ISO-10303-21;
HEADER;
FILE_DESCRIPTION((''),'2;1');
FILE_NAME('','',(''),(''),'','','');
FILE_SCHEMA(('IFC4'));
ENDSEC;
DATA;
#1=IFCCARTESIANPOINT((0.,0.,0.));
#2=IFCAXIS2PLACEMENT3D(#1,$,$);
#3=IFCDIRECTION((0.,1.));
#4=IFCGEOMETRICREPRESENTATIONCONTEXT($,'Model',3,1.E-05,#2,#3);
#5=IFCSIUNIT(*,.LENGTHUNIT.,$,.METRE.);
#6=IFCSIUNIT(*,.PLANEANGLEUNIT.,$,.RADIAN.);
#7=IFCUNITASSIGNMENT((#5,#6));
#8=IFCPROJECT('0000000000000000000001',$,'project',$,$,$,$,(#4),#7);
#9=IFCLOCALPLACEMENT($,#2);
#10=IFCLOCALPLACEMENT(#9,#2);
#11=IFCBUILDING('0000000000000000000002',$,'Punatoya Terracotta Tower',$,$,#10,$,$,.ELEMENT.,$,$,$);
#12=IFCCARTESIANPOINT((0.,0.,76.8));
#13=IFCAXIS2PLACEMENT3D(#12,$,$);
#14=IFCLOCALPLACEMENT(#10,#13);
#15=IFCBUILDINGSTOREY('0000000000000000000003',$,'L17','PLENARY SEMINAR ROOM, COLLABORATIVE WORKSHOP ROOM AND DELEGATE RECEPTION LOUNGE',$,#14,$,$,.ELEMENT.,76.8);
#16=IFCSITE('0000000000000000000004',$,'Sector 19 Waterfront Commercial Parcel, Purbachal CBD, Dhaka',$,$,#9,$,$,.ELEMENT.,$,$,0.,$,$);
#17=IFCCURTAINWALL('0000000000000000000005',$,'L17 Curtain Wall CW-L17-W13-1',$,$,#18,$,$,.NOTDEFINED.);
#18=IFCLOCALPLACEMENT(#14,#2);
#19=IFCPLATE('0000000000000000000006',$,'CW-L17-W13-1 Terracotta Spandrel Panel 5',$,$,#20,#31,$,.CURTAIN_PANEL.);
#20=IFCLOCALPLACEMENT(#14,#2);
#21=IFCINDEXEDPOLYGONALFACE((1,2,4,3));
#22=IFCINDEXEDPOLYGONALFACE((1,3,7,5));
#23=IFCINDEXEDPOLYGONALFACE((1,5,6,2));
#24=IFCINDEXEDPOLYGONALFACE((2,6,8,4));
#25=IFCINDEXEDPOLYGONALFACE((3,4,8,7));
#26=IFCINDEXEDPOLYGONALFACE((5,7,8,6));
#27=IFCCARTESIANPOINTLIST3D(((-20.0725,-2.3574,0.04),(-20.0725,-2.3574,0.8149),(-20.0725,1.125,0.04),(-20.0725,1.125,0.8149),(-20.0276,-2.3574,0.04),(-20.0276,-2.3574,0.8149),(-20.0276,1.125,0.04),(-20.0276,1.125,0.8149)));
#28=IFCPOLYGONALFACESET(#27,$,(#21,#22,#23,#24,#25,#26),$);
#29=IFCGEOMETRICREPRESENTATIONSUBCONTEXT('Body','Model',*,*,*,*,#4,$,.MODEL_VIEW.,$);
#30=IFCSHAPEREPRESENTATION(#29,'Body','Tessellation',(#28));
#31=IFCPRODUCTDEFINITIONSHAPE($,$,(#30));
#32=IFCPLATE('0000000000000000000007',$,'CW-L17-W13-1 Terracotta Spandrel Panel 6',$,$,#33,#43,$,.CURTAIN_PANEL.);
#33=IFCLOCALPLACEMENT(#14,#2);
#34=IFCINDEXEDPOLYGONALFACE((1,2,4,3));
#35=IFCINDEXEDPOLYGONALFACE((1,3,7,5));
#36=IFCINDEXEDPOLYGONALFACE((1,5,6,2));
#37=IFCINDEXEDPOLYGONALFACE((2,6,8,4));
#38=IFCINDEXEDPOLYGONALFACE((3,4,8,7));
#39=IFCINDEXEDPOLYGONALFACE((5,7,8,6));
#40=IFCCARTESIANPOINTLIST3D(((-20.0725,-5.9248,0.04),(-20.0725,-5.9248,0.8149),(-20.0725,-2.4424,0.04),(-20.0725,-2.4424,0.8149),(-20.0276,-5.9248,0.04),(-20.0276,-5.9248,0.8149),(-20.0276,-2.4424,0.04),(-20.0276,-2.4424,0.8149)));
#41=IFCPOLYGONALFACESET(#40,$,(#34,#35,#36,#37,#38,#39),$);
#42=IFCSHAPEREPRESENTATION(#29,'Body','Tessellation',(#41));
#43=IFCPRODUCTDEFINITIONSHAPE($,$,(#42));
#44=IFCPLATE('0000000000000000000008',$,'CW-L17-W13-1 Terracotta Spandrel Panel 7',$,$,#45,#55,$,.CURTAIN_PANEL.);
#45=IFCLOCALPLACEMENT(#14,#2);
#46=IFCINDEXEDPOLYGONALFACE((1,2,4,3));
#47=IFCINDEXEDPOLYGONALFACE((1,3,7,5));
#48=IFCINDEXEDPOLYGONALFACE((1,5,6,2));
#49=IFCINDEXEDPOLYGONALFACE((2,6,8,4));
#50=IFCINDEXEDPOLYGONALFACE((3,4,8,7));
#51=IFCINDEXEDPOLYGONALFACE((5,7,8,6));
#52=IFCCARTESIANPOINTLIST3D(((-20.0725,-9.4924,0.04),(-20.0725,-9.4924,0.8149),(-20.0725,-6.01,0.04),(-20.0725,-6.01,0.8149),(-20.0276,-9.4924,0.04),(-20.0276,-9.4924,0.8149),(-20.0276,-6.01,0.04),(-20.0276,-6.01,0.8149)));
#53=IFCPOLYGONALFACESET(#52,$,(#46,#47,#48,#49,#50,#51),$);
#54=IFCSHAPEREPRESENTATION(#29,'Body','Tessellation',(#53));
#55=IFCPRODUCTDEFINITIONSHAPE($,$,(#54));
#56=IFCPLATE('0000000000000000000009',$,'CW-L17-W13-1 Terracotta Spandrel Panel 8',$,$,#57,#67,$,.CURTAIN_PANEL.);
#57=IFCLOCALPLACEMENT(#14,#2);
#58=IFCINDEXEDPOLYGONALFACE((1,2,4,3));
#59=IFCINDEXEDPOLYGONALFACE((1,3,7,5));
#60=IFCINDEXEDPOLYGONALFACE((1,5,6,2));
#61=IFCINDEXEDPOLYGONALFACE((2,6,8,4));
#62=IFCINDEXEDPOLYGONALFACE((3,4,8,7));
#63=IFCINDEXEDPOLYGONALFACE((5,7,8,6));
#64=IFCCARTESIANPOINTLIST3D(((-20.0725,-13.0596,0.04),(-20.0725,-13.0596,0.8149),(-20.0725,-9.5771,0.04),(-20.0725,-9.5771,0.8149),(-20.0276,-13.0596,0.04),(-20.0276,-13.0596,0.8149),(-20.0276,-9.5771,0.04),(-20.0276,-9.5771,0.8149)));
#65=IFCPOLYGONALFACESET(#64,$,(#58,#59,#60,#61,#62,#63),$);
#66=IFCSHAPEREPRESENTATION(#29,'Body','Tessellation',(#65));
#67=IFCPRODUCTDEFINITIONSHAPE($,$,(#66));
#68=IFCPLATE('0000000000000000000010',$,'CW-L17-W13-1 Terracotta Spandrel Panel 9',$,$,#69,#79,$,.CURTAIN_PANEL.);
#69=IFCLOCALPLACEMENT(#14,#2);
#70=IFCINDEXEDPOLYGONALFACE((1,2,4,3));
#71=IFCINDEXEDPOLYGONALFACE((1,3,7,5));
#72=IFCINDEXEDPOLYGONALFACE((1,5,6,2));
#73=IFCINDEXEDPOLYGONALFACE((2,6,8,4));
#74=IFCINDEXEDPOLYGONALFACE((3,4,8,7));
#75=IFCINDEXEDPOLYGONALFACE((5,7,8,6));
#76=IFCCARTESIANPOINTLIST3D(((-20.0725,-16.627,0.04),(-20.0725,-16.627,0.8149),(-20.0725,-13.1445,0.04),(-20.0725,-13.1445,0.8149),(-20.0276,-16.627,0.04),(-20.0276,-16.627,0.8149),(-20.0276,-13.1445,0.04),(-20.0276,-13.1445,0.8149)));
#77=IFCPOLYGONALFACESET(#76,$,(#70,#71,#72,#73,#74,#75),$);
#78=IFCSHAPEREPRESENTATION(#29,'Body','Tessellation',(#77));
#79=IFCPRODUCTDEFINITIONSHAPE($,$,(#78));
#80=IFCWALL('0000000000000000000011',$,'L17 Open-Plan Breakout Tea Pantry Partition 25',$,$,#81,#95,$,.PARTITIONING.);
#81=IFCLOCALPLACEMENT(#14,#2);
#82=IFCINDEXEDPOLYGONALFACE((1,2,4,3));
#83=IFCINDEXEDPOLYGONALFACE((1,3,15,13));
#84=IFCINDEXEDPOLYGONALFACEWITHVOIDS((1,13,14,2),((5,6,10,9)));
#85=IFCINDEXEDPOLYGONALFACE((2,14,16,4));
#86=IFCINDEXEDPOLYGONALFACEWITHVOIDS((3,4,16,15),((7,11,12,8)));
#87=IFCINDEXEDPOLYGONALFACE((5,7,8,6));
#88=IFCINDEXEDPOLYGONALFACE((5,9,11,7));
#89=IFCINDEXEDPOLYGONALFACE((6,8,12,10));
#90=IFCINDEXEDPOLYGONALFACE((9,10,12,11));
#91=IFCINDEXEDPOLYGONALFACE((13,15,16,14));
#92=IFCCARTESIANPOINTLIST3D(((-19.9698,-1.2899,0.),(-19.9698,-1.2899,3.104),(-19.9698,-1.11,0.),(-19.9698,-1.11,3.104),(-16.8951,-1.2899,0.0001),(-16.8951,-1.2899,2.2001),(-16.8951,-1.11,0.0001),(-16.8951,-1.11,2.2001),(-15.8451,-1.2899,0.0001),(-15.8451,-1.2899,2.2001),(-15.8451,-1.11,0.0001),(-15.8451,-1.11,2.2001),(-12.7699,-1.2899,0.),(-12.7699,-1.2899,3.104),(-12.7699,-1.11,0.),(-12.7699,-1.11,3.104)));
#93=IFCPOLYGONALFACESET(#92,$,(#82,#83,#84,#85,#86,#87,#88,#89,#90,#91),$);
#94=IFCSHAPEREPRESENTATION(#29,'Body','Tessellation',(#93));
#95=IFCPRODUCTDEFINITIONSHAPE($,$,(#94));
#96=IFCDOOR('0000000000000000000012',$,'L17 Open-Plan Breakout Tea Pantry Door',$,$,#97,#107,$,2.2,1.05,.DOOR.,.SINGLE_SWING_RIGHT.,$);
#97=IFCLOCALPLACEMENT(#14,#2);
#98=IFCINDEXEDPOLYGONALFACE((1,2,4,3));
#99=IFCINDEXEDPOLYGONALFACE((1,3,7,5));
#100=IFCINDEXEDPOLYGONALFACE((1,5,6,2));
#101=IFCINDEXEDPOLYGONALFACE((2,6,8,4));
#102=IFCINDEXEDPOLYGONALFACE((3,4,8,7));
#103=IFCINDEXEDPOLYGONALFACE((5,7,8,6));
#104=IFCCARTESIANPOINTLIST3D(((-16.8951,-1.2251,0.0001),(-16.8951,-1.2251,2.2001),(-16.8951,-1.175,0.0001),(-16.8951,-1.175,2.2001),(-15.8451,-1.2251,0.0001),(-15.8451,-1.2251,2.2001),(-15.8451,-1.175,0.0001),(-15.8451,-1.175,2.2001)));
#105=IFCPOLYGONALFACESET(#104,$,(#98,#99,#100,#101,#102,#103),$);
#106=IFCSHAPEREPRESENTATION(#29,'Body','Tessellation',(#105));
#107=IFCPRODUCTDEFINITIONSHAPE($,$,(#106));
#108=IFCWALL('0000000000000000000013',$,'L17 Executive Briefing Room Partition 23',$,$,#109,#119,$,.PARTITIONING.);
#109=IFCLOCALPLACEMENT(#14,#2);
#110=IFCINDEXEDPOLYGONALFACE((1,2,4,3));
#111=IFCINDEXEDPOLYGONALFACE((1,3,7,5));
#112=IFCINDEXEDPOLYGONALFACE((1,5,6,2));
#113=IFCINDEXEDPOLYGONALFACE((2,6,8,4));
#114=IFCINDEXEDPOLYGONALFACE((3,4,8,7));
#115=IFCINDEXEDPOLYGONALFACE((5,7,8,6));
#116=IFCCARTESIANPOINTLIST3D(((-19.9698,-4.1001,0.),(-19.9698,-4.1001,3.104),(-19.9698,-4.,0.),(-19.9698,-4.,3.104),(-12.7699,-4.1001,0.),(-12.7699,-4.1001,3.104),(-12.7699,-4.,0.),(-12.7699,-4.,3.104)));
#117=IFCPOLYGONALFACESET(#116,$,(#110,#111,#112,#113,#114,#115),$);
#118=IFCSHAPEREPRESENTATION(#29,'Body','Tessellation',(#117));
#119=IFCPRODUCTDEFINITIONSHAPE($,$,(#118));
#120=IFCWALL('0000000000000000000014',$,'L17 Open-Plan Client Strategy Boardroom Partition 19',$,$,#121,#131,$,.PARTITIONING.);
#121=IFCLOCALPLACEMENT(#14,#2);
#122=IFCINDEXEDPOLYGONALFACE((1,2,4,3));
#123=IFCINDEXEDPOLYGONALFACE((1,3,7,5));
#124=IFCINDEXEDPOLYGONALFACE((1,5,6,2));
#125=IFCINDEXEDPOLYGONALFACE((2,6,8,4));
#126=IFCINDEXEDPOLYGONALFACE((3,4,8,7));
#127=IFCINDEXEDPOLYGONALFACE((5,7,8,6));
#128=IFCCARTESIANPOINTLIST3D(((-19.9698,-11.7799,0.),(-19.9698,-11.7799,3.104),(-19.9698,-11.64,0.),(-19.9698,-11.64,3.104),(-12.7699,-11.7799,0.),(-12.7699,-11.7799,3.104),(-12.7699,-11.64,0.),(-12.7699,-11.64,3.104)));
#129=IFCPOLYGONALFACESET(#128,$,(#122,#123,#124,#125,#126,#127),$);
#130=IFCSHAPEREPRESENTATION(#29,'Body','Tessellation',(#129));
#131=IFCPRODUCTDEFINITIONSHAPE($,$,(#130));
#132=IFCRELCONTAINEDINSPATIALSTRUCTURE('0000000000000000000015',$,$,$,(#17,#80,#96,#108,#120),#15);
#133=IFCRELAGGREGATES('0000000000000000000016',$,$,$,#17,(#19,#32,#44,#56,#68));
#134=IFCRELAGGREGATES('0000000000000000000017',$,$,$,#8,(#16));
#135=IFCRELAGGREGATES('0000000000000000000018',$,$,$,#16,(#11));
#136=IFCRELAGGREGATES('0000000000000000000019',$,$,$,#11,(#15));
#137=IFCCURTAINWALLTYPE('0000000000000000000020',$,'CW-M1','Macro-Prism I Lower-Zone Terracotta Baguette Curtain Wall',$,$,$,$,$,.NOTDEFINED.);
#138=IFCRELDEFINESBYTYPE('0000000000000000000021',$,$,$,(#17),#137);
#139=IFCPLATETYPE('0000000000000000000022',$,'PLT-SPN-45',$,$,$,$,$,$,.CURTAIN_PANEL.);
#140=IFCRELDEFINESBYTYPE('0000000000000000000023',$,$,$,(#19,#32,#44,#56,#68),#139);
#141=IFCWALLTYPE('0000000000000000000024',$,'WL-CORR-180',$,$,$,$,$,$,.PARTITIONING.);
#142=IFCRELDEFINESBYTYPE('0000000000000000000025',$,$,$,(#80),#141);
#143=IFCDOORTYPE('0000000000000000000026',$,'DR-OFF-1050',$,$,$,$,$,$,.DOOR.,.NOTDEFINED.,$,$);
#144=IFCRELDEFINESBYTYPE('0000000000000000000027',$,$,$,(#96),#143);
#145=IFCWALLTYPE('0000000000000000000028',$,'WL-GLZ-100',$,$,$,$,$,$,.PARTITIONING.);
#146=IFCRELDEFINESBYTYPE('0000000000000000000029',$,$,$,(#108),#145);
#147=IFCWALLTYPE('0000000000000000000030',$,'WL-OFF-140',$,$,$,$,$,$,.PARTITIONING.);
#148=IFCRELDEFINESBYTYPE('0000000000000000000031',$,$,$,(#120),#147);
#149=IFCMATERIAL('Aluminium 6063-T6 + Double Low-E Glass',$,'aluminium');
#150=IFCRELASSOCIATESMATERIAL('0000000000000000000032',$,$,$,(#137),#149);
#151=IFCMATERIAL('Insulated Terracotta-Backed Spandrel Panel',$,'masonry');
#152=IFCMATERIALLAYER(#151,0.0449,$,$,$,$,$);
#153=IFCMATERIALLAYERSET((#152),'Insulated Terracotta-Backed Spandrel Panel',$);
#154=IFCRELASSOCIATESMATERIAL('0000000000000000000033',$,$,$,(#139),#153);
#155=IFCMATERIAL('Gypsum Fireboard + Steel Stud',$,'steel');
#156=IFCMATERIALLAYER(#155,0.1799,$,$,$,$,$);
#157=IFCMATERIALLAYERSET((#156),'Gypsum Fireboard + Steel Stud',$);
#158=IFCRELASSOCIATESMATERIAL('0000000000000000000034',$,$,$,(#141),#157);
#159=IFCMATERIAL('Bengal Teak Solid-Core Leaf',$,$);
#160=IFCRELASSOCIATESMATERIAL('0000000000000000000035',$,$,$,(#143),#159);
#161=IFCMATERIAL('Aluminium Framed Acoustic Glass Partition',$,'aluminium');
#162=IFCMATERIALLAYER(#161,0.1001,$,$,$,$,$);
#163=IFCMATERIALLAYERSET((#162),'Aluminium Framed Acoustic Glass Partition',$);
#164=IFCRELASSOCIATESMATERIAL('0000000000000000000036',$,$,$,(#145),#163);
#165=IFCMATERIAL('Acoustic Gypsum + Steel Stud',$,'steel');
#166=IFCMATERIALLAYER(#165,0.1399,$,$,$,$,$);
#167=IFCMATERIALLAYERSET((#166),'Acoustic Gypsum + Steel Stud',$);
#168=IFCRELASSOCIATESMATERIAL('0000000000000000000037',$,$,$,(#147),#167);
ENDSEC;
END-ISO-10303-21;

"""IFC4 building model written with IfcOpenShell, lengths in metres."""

from ifc_helpers import new_model, si_unit, direction, frame, frame_2d, origin, origin_2d, place, context, subcontext, project, spatial, rectangle, extrude, material, layer, layer_set, type_object, element, fill, aggregate, save


model = new_model("IFC4")

# Units and contexts
model_context = context("Model", 3, precision=1e-05, world=origin(), true_north=direction((0.0, 1.0)))
body_context = subcontext(model_context, "Body", "Model", "MODEL_VIEW")
ifc_project = project(units=[si_unit("LENGTHUNIT", "METRE"), si_unit("PLANEANGLEUNIT", "RADIAN")], contexts=[model_context])

# Site, building, storey
site_placement = place(None, origin())
site = spatial("IfcSite", under=ifc_project, at=site_placement, Name="Sector 19 Waterfront Commercial Parcel, Purbachal CBD, Dhaka", CompositionType="ELEMENT", RefElevation=0.0)
building_placement = place(site_placement, origin())
building = spatial("IfcBuilding", under=site, at=building_placement, Name="Punatoya Terracotta Tower", CompositionType="ELEMENT")
storey_placement = place(building_placement, frame((0.0, 0.0, 76.8)))
storey = spatial("IfcBuildingStorey", under=building, at=storey_placement, Name="L17", Description="PLENARY SEMINAR ROOM, COLLABORATIVE WORKSHOP ROOM AND DELEGATE RECEPTION LOUNGE", CompositionType="ELEMENT", Elevation=76.8)

# Curtain wall, plates
ifc_material_1 = material(Name="Aluminium 6063-T6 + Double Low-E Glass", Category="aluminium")
curtain_wall_type = type_object("IfcCurtainWallType", Name="CW-M1", Description="Macro-Prism I Lower-Zone Terracotta Baguette Curtain Wall", PredefinedType="NOTDEFINED", material=ifc_material_1)
curtain_wall_placement = place(storey_placement, origin())
curtain_wall = element("IfcCurtainWall", 1, at=curtain_wall_placement, inside=storey, type_object=curtain_wall_type, Name="L17 Curtain Wall CW-L17-W13-1", PredefinedType="NOTDEFINED")
ifc_material_2 = material(Name="Insulated Terracotta-Backed Spandrel Panel", Category="masonry")
ifc_layer_1 = layer(ifc_material_2, 0.0449)
ifc_layer_set_1 = layer_set([ifc_layer_1], Name="Insulated Terracotta-Backed Spandrel Panel")
plate_type_1 = type_object("IfcPlateType", Name="PLT-SPN-45", PredefinedType="CURTAIN_PANEL", material=ifc_layer_set_1)
plate_1_placement = place(storey_placement, frame((-20.05, -0.6162, 0.04), z_axis=(0.0, 0.0, 1.0), x_axis=(0.0, -1.0, 0.0)))
plate_1 = element("IfcPlate", 2, at=plate_1_placement, type_object=plate_type_1, Name="CW-L17-W13-1 Terracotta Spandrel Panel 5", PredefinedType="CURTAIN_PANEL", context=body_context, shape_type="SweptSolid", body=[
    extrude(rectangle(XDim=3.4824, YDim=0.0449, at=origin_2d()), origin(), (0.0, 0.0, 1.0), 0.7749),
])
plate_2_placement = place(storey_placement, frame((-20.05, -4.1836, 0.04), z_axis=(0.0, 0.0, 1.0), x_axis=(0.0, -1.0, 0.0)))
plate_2 = element("IfcPlate", 3, at=plate_2_placement, type_object=plate_type_1, Name="CW-L17-W13-1 Terracotta Spandrel Panel 6", PredefinedType="CURTAIN_PANEL", context=body_context, shape_type="SweptSolid", body=[
    extrude(rectangle(XDim=3.4824, YDim=0.0449, at=origin_2d()), origin(), (0.0, 0.0, 1.0), 0.7749),
])
plate_3_placement = place(storey_placement, frame((-20.05, -7.7512, 0.04), z_axis=(0.0, 0.0, 1.0), x_axis=(0.0, -1.0, 0.0)))
plate_3 = element("IfcPlate", 4, at=plate_3_placement, type_object=plate_type_1, Name="CW-L17-W13-1 Terracotta Spandrel Panel 7", PredefinedType="CURTAIN_PANEL", context=body_context, shape_type="SweptSolid", body=[
    extrude(rectangle(XDim=3.4824, YDim=0.0449, at=origin_2d()), origin(), (0.0, 0.0, 1.0), 0.7749),
])
plate_4_placement = place(storey_placement, frame((-20.05, -11.3184, 0.04), z_axis=(0.0, 0.0, 1.0), x_axis=(0.0, -1.0, 0.0)))
plate_4 = element("IfcPlate", 5, at=plate_4_placement, type_object=plate_type_1, Name="CW-L17-W13-1 Terracotta Spandrel Panel 8", PredefinedType="CURTAIN_PANEL", context=body_context, shape_type="SweptSolid", body=[
    extrude(rectangle(XDim=3.4824, YDim=0.0449, at=origin_2d()), origin(), (0.0, 0.0, 1.0), 0.7749),
])
plate_5_placement = place(storey_placement, frame((-20.05, -14.8857, 0.04), z_axis=(0.0, 0.0, 1.0), x_axis=(0.0, -1.0, 0.0)))
plate_5 = element("IfcPlate", 6, at=plate_5_placement, type_object=plate_type_1, Name="CW-L17-W13-1 Terracotta Spandrel Panel 9", PredefinedType="CURTAIN_PANEL", context=body_context, shape_type="SweptSolid", body=[
    extrude(rectangle(XDim=3.4824, YDim=0.0449, at=origin_2d()), origin(), (0.0, 0.0, 1.0), 0.7749),
])
aggregate(curtain_wall, [plate_1, plate_2, plate_3, plate_4, plate_5])

# Wall, opening, door
ifc_material_3 = material(Name="Gypsum Fireboard + Steel Stud", Category="steel")
ifc_layer_2 = layer(ifc_material_3, 0.1799)
ifc_layer_set_2 = layer_set([ifc_layer_2], Name="Gypsum Fireboard + Steel Stud")
wall_type_1 = type_object("IfcWallType", Name="WL-CORR-180", PredefinedType="PARTITIONING", material=ifc_layer_set_2)
wall_1_placement = place(storey_placement, frame((-19.97, -1.2, 0.0), z_axis=(0.0, 0.0, 1.0), x_axis=(1.0, 0.0, 0.0)))
wall_1 = element("IfcWall", 7, at=wall_1_placement, inside=storey, type_object=wall_type_1, Name="L17 Open-Plan Breakout Tea Pantry Partition 25", PredefinedType="PARTITIONING", context=body_context, shape_type="SweptSolid", body=[
    extrude(rectangle(XDim=7.2, YDim=0.1799, at=frame_2d((3.6001, 0.0))), origin(), (0.0, 0.0, 1.0), 3.104),
])
opening_placement = place(wall_1_placement, frame((3.075, 0.0, 0.0)))
opening = element("IfcOpeningElement", 8, at=opening_placement, cuts=wall_1, PredefinedType="OPENING", context=body_context, shape_type="SweptSolid", body=[
    extrude(rectangle(XDim=1.05, YDim=2.2, at=frame_2d((0.5249, 1.1001))), frame((0.0, 0.0999, 0.0), z_axis=(0.0, -1.0, 0.0), x_axis=(1.0, 0.0, 0.0)), (0.0, 0.0, 1.0), 0.2),
])
ifc_material_4 = material(Name="Bengal Teak Solid-Core Leaf")
door_type = type_object("IfcDoorType", Name="DR-OFF-1050", OperationType="NOTDEFINED", PredefinedType="DOOR", material=ifc_material_4)
door_placement = place(opening_placement, origin())
door = element("IfcDoor", 9, at=door_placement, inside=storey, type_object=door_type, Name="L17 Open-Plan Breakout Tea Pantry Door", OperationType="SINGLE_SWING_RIGHT", OverallHeight=2.2, OverallWidth=1.05, PredefinedType="DOOR", context=body_context, shape_type="SweptSolid", body=[
    extrude(rectangle(XDim=1.05, YDim=2.2, at=frame_2d((0.5249, 1.1001))), frame((0.0, 0.0249, 0.0), z_axis=(0.0, -1.0, 0.0), x_axis=(1.0, 0.0, 0.0)), (0.0, 0.0, 1.0), 0.05),
])
fill(opening, door)

# Walls
ifc_material_5 = material(Name="Aluminium Framed Acoustic Glass Partition", Category="aluminium")
ifc_layer_3 = layer(ifc_material_5, 0.1001)
ifc_layer_set_3 = layer_set([ifc_layer_3], Name="Aluminium Framed Acoustic Glass Partition")
wall_type_2 = type_object("IfcWallType", Name="WL-GLZ-100", PredefinedType="PARTITIONING", material=ifc_layer_set_3)
wall_2_placement = place(storey_placement, frame((-19.97, -4.05, 0.0), z_axis=(0.0, 0.0, 1.0), x_axis=(1.0, 0.0, 0.0)))
element("IfcWall", 10, at=wall_2_placement, inside=storey, type_object=wall_type_2, Name="L17 Executive Briefing Room Partition 23", PredefinedType="PARTITIONING", context=body_context, shape_type="SweptSolid", body=[
    extrude(rectangle(XDim=7.2, YDim=0.1001, at=frame_2d((3.6001, 0.0))), origin(), (0.0, 0.0, 1.0), 3.104),
])
ifc_material_6 = material(Name="Acoustic Gypsum + Steel Stud", Category="steel")
ifc_layer_4 = layer(ifc_material_6, 0.1399)
ifc_layer_set_4 = layer_set([ifc_layer_4], Name="Acoustic Gypsum + Steel Stud")
wall_type_3 = type_object("IfcWallType", Name="WL-OFF-140", PredefinedType="PARTITIONING", material=ifc_layer_set_4)
wall_3_placement = place(storey_placement, frame((-19.97, -11.71, 0.0), z_axis=(0.0, 0.0, 1.0), x_axis=(1.0, 0.0, 0.0)))
element("IfcWall", 11, at=wall_3_placement, inside=storey, type_object=wall_type_3, Name="L17 Open-Plan Client Strategy Boardroom Partition 19", PredefinedType="PARTITIONING", context=body_context, shape_type="SweptSolid", body=[
    extrude(rectangle(XDim=7.2, YDim=0.1399, at=frame_2d((3.6001, 0.0))), origin(), (0.0, 0.0, 1.0), 3.104),
])

save(model, "model.ifc")
